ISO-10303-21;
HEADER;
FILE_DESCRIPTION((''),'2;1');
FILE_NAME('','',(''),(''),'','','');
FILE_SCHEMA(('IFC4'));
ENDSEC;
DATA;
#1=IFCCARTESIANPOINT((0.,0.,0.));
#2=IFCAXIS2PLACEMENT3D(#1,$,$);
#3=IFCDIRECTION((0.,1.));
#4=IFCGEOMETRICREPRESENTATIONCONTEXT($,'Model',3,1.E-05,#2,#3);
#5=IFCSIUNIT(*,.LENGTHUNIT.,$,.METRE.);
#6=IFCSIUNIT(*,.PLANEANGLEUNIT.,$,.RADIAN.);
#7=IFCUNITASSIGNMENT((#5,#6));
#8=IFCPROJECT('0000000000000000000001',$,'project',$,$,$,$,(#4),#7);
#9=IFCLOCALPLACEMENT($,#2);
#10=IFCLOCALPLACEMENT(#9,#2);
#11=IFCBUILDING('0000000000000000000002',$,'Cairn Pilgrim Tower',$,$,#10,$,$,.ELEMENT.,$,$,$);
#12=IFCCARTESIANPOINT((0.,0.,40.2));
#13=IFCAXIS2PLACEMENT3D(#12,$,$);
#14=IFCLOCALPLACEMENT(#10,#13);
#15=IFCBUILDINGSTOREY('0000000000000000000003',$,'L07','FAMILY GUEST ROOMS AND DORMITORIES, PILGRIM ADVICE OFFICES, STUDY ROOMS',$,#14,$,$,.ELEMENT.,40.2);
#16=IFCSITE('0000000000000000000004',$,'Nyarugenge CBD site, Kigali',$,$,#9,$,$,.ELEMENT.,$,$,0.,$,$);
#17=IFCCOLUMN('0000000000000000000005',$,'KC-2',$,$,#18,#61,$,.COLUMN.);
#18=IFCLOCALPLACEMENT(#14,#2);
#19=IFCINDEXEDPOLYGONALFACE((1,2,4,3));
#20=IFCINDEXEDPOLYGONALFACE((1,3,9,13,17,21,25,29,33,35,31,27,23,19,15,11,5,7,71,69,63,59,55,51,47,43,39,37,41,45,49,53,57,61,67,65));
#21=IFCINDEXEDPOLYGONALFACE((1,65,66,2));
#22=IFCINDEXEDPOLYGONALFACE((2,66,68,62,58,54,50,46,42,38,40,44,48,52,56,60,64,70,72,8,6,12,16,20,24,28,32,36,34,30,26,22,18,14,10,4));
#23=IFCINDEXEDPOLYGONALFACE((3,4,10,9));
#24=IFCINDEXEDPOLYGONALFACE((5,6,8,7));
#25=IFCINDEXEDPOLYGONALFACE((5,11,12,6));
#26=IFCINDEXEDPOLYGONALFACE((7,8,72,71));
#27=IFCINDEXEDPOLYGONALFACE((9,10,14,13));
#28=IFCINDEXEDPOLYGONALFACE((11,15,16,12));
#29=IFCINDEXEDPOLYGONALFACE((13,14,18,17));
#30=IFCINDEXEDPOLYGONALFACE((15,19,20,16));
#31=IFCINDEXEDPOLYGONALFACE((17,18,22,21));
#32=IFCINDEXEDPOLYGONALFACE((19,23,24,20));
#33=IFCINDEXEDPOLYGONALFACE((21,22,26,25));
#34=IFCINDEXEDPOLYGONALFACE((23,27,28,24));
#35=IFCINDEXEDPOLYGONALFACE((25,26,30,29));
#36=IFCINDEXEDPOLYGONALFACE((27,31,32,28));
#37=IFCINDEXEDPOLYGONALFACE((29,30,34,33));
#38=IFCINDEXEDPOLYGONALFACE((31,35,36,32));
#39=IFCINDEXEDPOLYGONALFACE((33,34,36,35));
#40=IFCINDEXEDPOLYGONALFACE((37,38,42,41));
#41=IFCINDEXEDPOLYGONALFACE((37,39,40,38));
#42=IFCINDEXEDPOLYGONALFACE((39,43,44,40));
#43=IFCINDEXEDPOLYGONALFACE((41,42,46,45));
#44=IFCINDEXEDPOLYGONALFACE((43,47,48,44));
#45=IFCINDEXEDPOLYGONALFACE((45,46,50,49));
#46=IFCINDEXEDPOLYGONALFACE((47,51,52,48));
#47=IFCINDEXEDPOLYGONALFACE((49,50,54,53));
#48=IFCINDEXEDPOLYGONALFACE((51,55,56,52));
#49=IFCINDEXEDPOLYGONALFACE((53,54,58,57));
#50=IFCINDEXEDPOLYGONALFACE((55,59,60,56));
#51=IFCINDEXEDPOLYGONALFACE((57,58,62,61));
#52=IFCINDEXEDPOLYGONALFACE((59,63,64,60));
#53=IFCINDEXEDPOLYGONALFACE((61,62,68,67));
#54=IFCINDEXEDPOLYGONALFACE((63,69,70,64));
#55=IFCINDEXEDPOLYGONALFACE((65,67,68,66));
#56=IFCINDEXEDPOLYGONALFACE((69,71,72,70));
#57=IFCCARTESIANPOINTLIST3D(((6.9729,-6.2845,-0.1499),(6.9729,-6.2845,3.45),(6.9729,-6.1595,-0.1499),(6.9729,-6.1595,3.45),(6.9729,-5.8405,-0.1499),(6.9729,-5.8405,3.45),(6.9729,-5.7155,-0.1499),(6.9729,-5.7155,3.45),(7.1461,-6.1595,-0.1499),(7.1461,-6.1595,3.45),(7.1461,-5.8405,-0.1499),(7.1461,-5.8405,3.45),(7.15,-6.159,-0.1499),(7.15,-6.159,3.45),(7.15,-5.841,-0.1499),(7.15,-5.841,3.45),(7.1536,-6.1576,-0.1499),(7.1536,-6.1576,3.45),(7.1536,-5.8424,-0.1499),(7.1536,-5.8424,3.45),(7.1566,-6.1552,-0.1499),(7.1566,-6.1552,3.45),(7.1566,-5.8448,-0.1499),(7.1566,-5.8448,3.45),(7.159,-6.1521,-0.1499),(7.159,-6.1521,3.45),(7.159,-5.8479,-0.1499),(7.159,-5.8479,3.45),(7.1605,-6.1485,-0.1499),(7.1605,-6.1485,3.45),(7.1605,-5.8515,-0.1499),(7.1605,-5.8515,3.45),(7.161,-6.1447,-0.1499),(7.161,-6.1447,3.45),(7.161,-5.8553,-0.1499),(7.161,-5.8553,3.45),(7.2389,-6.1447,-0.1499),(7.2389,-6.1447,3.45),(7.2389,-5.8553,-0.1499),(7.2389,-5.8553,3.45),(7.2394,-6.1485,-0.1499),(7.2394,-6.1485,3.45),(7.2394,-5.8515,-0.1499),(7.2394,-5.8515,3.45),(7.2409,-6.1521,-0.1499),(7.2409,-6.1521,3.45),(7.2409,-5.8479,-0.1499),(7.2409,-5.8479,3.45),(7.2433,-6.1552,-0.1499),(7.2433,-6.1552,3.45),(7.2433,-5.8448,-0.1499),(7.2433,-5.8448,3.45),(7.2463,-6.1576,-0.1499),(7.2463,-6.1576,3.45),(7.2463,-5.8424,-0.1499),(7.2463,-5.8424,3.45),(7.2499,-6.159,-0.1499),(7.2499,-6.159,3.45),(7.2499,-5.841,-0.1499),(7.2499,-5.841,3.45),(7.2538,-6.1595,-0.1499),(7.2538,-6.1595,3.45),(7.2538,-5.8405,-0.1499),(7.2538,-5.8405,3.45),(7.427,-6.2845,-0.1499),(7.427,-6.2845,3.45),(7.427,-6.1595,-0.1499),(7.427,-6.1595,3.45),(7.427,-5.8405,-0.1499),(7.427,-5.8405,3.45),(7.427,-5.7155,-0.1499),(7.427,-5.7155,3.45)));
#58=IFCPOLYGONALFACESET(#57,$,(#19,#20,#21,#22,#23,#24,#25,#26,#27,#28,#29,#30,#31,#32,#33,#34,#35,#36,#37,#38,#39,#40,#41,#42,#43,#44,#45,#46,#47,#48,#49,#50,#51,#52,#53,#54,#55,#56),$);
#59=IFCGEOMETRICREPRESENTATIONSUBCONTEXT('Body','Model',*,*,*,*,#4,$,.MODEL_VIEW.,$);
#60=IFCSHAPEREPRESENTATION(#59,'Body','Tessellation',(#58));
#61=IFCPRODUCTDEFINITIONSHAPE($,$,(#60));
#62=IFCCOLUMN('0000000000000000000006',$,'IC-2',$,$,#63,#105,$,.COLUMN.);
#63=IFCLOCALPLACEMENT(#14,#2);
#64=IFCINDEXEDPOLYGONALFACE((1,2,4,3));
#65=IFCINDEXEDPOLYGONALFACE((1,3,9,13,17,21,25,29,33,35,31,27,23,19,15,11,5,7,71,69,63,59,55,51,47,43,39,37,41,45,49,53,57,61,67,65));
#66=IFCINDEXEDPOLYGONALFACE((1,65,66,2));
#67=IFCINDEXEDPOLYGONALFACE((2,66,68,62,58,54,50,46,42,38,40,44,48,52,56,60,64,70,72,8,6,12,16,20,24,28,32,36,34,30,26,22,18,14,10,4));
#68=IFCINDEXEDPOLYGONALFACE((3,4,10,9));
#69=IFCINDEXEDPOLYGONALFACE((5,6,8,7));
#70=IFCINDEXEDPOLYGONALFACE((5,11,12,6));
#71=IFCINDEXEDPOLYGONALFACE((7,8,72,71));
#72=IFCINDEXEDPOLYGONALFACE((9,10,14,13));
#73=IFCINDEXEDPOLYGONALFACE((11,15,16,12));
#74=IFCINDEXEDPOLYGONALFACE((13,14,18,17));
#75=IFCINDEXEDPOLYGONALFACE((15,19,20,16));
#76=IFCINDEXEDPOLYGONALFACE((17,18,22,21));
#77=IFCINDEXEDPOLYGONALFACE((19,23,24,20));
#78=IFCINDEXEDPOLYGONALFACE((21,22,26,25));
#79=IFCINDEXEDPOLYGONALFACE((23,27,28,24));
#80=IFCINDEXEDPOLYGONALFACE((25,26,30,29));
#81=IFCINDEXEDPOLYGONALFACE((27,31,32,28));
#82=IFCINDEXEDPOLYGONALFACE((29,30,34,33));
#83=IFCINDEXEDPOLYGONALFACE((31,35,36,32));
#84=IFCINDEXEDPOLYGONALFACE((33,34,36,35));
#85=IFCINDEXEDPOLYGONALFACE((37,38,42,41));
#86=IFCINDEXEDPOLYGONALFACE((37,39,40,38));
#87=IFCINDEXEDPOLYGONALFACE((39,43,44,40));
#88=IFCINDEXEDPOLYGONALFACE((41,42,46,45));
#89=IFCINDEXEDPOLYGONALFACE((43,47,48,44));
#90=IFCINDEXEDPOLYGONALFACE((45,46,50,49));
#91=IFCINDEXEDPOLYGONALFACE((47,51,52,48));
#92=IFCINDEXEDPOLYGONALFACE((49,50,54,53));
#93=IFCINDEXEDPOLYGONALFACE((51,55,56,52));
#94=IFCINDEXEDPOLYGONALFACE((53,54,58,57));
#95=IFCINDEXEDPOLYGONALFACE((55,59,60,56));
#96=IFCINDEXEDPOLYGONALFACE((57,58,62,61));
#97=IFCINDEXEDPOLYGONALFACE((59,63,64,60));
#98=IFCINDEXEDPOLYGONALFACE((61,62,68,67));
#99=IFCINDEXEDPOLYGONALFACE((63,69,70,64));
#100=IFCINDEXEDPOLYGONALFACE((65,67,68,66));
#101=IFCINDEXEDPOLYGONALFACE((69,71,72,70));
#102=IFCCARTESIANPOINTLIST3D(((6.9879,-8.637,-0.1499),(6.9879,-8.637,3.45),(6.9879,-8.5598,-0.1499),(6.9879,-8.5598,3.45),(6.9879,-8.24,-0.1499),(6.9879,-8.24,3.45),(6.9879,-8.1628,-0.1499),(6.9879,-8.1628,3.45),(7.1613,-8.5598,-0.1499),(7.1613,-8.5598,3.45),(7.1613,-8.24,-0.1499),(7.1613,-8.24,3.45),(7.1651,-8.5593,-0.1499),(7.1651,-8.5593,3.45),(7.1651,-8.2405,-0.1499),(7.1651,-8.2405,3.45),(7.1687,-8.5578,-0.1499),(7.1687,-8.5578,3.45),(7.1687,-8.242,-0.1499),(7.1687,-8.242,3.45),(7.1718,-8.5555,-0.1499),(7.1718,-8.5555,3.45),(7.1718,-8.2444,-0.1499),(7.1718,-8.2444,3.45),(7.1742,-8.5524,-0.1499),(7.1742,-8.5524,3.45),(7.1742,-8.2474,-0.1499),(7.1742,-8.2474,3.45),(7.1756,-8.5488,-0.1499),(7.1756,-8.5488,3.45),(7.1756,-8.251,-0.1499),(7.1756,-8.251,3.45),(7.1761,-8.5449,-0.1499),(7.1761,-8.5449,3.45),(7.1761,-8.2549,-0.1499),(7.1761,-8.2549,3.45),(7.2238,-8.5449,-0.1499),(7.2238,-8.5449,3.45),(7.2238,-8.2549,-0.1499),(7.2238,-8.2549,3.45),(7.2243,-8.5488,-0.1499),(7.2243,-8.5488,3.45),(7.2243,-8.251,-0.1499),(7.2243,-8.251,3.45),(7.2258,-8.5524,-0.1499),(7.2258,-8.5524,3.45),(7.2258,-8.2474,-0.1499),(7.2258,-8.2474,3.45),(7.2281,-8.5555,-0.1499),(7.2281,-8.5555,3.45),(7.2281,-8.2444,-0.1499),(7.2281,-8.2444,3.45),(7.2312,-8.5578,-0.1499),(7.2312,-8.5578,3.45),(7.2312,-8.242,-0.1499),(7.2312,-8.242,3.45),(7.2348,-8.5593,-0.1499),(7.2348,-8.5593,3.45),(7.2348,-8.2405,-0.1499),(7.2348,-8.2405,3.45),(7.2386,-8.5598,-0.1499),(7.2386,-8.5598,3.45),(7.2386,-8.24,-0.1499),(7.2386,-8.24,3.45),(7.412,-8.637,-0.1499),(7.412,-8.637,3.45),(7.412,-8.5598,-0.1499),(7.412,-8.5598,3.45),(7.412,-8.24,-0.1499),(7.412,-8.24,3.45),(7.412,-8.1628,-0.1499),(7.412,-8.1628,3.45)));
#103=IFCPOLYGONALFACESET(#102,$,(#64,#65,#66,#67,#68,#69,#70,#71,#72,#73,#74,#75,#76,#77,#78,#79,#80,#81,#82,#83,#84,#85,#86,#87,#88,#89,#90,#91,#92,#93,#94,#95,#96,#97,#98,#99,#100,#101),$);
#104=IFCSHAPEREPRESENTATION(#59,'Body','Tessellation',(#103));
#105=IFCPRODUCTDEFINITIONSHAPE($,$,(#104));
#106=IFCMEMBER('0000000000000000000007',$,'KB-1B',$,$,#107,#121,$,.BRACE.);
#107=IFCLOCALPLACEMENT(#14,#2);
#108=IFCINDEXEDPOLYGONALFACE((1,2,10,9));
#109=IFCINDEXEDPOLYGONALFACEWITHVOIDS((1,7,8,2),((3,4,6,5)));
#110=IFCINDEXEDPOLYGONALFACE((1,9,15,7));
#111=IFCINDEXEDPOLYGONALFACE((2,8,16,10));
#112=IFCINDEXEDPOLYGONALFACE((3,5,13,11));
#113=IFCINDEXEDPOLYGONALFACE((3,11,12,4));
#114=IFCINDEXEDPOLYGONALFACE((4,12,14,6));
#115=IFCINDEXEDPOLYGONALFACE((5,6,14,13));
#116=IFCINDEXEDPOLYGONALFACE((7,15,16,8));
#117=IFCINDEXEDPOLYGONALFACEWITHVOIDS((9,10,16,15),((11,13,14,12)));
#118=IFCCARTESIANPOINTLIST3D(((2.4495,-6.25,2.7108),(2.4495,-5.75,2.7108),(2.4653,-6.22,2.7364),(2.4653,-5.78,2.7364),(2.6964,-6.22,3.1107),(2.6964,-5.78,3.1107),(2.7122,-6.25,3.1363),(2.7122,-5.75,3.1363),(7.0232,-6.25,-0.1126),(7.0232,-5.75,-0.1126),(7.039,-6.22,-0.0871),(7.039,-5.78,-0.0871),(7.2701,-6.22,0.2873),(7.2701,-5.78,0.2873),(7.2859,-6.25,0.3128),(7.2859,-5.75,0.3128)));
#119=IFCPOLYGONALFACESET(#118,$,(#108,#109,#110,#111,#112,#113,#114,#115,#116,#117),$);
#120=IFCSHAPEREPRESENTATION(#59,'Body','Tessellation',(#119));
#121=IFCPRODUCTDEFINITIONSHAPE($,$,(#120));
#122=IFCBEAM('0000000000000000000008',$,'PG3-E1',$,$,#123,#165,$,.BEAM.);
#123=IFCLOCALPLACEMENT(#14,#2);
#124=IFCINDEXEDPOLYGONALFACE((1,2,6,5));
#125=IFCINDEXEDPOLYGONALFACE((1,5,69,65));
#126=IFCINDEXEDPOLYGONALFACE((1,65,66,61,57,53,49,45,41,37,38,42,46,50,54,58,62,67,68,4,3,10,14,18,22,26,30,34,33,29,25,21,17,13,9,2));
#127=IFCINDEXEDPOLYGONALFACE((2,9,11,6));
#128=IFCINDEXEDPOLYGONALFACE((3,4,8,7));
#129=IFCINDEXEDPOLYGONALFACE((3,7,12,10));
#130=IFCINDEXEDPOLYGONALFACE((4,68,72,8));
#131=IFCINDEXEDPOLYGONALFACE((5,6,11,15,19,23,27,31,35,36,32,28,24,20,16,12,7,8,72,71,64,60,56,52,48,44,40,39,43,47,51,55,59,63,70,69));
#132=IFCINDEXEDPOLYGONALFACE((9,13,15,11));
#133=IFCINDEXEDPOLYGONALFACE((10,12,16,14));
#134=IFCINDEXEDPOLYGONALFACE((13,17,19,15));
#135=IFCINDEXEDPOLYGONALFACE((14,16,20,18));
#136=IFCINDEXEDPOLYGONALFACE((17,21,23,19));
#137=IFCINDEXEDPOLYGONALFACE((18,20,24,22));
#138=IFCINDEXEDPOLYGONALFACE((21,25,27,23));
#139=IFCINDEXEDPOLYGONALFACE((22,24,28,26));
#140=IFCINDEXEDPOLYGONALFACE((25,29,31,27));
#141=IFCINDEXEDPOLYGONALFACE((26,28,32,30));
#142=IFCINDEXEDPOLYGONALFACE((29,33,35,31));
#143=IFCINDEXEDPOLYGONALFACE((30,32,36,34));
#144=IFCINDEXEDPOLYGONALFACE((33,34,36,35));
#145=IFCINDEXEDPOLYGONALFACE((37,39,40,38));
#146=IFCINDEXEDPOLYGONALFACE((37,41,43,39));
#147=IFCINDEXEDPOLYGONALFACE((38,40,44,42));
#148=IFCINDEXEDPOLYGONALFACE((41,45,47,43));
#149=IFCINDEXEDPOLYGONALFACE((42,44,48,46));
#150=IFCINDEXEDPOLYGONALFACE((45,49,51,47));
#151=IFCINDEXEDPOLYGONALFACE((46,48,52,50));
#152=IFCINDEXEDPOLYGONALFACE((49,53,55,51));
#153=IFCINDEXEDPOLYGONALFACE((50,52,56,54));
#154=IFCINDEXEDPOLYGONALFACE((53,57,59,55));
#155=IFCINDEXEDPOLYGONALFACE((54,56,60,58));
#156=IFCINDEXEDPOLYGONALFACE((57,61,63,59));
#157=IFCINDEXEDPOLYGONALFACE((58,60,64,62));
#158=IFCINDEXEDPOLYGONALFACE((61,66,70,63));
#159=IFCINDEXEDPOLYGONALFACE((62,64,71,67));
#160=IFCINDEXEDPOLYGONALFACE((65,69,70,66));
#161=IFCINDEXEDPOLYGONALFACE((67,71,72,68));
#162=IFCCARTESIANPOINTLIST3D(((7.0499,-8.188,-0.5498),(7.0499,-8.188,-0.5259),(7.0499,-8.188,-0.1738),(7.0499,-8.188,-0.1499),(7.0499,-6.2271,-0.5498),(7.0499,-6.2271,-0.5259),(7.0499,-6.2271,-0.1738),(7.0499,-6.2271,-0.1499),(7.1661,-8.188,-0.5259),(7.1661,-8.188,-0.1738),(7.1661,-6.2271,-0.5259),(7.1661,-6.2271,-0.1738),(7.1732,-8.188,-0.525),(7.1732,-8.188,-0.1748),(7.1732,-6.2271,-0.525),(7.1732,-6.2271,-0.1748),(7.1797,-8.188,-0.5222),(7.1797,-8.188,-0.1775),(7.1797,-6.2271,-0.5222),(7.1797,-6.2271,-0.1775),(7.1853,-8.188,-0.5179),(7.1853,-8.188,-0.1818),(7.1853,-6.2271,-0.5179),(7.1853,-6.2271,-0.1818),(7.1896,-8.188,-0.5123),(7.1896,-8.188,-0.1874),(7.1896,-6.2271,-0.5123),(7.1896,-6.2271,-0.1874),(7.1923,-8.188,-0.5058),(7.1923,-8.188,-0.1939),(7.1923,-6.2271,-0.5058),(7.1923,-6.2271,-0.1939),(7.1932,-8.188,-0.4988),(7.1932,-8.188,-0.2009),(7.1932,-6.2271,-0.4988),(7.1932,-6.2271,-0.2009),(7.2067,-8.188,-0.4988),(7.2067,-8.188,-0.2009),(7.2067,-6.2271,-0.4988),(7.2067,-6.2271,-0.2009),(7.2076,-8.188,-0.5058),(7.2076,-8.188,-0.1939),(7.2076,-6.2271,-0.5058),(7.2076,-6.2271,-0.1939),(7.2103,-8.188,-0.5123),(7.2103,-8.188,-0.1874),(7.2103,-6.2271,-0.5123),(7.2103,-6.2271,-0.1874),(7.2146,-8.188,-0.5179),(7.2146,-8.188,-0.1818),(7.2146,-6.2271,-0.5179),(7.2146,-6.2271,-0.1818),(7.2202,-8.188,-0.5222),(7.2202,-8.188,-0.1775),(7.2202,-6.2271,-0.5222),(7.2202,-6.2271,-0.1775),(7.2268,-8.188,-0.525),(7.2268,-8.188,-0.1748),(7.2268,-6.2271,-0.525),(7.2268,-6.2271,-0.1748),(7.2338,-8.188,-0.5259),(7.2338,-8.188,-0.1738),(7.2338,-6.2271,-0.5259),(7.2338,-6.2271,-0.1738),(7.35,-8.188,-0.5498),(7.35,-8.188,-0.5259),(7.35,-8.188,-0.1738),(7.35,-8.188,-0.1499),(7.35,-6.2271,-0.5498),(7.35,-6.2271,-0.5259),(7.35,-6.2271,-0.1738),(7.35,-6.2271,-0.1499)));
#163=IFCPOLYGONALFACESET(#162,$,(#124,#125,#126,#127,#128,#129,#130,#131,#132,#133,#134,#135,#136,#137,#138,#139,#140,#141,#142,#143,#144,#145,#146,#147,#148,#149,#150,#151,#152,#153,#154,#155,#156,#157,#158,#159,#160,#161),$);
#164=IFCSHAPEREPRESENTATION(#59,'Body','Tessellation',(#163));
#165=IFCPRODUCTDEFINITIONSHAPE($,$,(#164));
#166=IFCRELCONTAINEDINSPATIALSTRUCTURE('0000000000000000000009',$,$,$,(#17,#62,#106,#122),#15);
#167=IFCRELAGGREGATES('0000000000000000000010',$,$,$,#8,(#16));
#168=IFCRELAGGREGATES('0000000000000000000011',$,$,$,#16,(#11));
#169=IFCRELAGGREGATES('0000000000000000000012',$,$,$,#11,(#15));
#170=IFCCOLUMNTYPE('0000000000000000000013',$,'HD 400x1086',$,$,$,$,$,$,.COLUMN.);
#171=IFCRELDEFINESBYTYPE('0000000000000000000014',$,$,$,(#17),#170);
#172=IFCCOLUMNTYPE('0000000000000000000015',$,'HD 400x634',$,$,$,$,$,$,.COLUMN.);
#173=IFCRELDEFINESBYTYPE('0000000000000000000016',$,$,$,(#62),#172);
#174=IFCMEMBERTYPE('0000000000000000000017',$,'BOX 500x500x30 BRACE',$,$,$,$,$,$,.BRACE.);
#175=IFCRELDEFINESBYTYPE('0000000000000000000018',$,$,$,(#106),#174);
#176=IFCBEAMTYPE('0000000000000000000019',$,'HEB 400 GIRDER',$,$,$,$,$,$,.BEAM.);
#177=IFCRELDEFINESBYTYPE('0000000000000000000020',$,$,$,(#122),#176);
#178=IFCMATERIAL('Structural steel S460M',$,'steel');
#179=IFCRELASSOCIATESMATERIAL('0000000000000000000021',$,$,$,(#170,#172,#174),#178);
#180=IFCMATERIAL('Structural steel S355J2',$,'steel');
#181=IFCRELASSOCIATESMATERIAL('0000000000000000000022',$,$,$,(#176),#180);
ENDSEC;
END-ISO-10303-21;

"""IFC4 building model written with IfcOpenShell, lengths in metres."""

from ifc_helpers import new_model, si_unit, direction, frame, origin, origin_2d, place, context, subcontext, project, spatial, hollow_rectangle, i_section, extrude, material, material_profile, profile_set, type_object, element, save


model = new_model("IFC4")

# Units and contexts
model_context = context("Model", 3, precision=1e-05, world=origin(), true_north=direction((0.0, 1.0)))
body_context = subcontext(model_context, "Body", "Model", "MODEL_VIEW")
ifc_project = project(units=[si_unit("LENGTHUNIT", "METRE"), si_unit("PLANEANGLEUNIT", "RADIAN")], contexts=[model_context])

# Site, building, storey
site_placement = place(None, origin())
site = spatial("IfcSite", under=ifc_project, at=site_placement, Name="Nyarugenge CBD site, Kigali", CompositionType="ELEMENT", RefElevation=0.0)
building_placement = place(site_placement, origin())
building = spatial("IfcBuilding", under=site, at=building_placement, Name="Cairn Pilgrim Tower", CompositionType="ELEMENT")
storey_placement = place(building_placement, frame((0.0, 0.0, 40.2)))
storey = spatial("IfcBuildingStorey", under=building, at=storey_placement, Name="L07", Description="FAMILY GUEST ROOMS AND DORMITORIES, PILGRIM ADVICE OFFICES, STUDY ROOMS", CompositionType="ELEMENT", Elevation=40.2)

# Columns
ifc_material_1 = material(Name="Structural steel S460M", Category="steel")
ifc_material_profile_1 = material_profile(ifc_material_1, i_section(OverallWidth=0.4541, OverallDepth=0.5691, WebThickness=0.0779, FlangeThickness=0.125, FilletRadius=0.0149, at=origin_2d()), Name="HD 400x1086")
ifc_profile_set_1 = profile_set([ifc_material_profile_1], Name="Structural steel S460M")
column_type_1 = type_object("IfcColumnType", Name="HD 400x1086", PredefinedType="COLUMN", material=ifc_profile_set_1)
column_1_placement = place(storey_placement, frame((7.2, -6.0, -0.1499), z_axis=(0.0, 0.0, 1.0), x_axis=(1.0, 0.0, 0.0)))
element("IfcColumn", 1, at=column_1_placement, inside=storey, type_object=column_type_1, Name="KC-2", PredefinedType="COLUMN", context=body_context, shape_type="SweptSolid", body=[
    extrude(i_section(OverallWidth=0.4541, OverallDepth=0.5691, WebThickness=0.0779, FlangeThickness=0.125, FilletRadius=0.0149, at=origin_2d()), origin(), (0.0, 0.0, 1.0), 3.5999),
])
ifc_material_profile_2 = material_profile(ifc_material_1, i_section(OverallWidth=0.4241, OverallDepth=0.4741, WebThickness=0.0476, FlangeThickness=0.0771, FilletRadius=0.0149, at=origin_2d()), Name="HD 400x634")
ifc_profile_set_2 = profile_set([ifc_material_profile_2], Name="Structural steel S460M")
column_type_2 = type_object("IfcColumnType", Name="HD 400x634", PredefinedType="COLUMN", material=ifc_profile_set_2)
column_2_placement = place(storey_placement, frame((7.2, -8.3999, -0.1499), z_axis=(0.0, 0.0, 1.0), x_axis=(1.0, 0.0, 0.0)))
element("IfcColumn", 2, at=column_2_placement, inside=storey, type_object=column_type_2, Name="IC-2", PredefinedType="COLUMN", context=body_context, shape_type="SweptSolid", body=[
    extrude(i_section(OverallWidth=0.4241, OverallDepth=0.4741, WebThickness=0.0476, FlangeThickness=0.0771, FilletRadius=0.0149, at=origin_2d()), origin(), (0.0, 0.0, 1.0), 3.5999),
])

# Member
ifc_material_profile_3 = material_profile(ifc_material_1, hollow_rectangle(XDim=0.5, YDim=0.5, WallThickness=0.03, at=origin_2d()), Name="BOX 500x500x30")
ifc_profile_set_3 = profile_set([ifc_material_profile_3], Name="Structural steel S460M")
member_type = type_object("IfcMemberType", Name="BOX 500x500x30 BRACE", PredefinedType="BRACE", material=ifc_profile_set_3)
member_placement = place(storey_placement, frame((7.1545, -6.0, 0.1001), z_axis=(-0.85092, 0.0, 0.525296), x_axis=(0.0, -1.0, 0.0)))
element("IfcMember", 3, at=member_placement, inside=storey, type_object=member_type, Name="KB-1B", PredefinedType="BRACE", context=body_context, shape_type="SweptSolid", body=[
    extrude(hollow_rectangle(XDim=0.5, YDim=0.5, WallThickness=0.03, at=origin_2d()), origin(), (0.0, 0.0, 1.0), 5.375),
])

# Beam
ifc_material_2 = material(Name="Structural steel S355J2", Category="steel")
ifc_material_profile_4 = material_profile(ifc_material_2, i_section(OverallWidth=0.3, OverallDepth=0.3999, WebThickness=0.0134, FlangeThickness=0.0239, FilletRadius=0.0271, at=origin_2d()), Name="HEB 400")
ifc_profile_set_4 = profile_set([ifc_material_profile_4], Name="Structural steel S355J2")
beam_type_1 = type_object("IfcBeamType", Name="HEB 400 GIRDER", PredefinedType="BEAM", material=ifc_profile_set_4)
beam_1_placement = place(storey_placement, frame((7.2, -8.188, -0.3499), z_axis=(0.0, 1.0, 0.0), x_axis=(-1.0, 0.0, 0.0)))
element("IfcBeam", 4, at=beam_1_placement, inside=storey, type_object=beam_type_1, Name="PG3-E1", PredefinedType="BEAM", context=body_context, shape_type="SweptSolid", body=[
    extrude(i_section(OverallWidth=0.3, OverallDepth=0.3999, WebThickness=0.0134, FlangeThickness=0.0239, FilletRadius=0.0271, at=origin_2d()), origin(), (0.0, 0.0, 1.0), 1.9609),
])

save(model, "model.ifc")
